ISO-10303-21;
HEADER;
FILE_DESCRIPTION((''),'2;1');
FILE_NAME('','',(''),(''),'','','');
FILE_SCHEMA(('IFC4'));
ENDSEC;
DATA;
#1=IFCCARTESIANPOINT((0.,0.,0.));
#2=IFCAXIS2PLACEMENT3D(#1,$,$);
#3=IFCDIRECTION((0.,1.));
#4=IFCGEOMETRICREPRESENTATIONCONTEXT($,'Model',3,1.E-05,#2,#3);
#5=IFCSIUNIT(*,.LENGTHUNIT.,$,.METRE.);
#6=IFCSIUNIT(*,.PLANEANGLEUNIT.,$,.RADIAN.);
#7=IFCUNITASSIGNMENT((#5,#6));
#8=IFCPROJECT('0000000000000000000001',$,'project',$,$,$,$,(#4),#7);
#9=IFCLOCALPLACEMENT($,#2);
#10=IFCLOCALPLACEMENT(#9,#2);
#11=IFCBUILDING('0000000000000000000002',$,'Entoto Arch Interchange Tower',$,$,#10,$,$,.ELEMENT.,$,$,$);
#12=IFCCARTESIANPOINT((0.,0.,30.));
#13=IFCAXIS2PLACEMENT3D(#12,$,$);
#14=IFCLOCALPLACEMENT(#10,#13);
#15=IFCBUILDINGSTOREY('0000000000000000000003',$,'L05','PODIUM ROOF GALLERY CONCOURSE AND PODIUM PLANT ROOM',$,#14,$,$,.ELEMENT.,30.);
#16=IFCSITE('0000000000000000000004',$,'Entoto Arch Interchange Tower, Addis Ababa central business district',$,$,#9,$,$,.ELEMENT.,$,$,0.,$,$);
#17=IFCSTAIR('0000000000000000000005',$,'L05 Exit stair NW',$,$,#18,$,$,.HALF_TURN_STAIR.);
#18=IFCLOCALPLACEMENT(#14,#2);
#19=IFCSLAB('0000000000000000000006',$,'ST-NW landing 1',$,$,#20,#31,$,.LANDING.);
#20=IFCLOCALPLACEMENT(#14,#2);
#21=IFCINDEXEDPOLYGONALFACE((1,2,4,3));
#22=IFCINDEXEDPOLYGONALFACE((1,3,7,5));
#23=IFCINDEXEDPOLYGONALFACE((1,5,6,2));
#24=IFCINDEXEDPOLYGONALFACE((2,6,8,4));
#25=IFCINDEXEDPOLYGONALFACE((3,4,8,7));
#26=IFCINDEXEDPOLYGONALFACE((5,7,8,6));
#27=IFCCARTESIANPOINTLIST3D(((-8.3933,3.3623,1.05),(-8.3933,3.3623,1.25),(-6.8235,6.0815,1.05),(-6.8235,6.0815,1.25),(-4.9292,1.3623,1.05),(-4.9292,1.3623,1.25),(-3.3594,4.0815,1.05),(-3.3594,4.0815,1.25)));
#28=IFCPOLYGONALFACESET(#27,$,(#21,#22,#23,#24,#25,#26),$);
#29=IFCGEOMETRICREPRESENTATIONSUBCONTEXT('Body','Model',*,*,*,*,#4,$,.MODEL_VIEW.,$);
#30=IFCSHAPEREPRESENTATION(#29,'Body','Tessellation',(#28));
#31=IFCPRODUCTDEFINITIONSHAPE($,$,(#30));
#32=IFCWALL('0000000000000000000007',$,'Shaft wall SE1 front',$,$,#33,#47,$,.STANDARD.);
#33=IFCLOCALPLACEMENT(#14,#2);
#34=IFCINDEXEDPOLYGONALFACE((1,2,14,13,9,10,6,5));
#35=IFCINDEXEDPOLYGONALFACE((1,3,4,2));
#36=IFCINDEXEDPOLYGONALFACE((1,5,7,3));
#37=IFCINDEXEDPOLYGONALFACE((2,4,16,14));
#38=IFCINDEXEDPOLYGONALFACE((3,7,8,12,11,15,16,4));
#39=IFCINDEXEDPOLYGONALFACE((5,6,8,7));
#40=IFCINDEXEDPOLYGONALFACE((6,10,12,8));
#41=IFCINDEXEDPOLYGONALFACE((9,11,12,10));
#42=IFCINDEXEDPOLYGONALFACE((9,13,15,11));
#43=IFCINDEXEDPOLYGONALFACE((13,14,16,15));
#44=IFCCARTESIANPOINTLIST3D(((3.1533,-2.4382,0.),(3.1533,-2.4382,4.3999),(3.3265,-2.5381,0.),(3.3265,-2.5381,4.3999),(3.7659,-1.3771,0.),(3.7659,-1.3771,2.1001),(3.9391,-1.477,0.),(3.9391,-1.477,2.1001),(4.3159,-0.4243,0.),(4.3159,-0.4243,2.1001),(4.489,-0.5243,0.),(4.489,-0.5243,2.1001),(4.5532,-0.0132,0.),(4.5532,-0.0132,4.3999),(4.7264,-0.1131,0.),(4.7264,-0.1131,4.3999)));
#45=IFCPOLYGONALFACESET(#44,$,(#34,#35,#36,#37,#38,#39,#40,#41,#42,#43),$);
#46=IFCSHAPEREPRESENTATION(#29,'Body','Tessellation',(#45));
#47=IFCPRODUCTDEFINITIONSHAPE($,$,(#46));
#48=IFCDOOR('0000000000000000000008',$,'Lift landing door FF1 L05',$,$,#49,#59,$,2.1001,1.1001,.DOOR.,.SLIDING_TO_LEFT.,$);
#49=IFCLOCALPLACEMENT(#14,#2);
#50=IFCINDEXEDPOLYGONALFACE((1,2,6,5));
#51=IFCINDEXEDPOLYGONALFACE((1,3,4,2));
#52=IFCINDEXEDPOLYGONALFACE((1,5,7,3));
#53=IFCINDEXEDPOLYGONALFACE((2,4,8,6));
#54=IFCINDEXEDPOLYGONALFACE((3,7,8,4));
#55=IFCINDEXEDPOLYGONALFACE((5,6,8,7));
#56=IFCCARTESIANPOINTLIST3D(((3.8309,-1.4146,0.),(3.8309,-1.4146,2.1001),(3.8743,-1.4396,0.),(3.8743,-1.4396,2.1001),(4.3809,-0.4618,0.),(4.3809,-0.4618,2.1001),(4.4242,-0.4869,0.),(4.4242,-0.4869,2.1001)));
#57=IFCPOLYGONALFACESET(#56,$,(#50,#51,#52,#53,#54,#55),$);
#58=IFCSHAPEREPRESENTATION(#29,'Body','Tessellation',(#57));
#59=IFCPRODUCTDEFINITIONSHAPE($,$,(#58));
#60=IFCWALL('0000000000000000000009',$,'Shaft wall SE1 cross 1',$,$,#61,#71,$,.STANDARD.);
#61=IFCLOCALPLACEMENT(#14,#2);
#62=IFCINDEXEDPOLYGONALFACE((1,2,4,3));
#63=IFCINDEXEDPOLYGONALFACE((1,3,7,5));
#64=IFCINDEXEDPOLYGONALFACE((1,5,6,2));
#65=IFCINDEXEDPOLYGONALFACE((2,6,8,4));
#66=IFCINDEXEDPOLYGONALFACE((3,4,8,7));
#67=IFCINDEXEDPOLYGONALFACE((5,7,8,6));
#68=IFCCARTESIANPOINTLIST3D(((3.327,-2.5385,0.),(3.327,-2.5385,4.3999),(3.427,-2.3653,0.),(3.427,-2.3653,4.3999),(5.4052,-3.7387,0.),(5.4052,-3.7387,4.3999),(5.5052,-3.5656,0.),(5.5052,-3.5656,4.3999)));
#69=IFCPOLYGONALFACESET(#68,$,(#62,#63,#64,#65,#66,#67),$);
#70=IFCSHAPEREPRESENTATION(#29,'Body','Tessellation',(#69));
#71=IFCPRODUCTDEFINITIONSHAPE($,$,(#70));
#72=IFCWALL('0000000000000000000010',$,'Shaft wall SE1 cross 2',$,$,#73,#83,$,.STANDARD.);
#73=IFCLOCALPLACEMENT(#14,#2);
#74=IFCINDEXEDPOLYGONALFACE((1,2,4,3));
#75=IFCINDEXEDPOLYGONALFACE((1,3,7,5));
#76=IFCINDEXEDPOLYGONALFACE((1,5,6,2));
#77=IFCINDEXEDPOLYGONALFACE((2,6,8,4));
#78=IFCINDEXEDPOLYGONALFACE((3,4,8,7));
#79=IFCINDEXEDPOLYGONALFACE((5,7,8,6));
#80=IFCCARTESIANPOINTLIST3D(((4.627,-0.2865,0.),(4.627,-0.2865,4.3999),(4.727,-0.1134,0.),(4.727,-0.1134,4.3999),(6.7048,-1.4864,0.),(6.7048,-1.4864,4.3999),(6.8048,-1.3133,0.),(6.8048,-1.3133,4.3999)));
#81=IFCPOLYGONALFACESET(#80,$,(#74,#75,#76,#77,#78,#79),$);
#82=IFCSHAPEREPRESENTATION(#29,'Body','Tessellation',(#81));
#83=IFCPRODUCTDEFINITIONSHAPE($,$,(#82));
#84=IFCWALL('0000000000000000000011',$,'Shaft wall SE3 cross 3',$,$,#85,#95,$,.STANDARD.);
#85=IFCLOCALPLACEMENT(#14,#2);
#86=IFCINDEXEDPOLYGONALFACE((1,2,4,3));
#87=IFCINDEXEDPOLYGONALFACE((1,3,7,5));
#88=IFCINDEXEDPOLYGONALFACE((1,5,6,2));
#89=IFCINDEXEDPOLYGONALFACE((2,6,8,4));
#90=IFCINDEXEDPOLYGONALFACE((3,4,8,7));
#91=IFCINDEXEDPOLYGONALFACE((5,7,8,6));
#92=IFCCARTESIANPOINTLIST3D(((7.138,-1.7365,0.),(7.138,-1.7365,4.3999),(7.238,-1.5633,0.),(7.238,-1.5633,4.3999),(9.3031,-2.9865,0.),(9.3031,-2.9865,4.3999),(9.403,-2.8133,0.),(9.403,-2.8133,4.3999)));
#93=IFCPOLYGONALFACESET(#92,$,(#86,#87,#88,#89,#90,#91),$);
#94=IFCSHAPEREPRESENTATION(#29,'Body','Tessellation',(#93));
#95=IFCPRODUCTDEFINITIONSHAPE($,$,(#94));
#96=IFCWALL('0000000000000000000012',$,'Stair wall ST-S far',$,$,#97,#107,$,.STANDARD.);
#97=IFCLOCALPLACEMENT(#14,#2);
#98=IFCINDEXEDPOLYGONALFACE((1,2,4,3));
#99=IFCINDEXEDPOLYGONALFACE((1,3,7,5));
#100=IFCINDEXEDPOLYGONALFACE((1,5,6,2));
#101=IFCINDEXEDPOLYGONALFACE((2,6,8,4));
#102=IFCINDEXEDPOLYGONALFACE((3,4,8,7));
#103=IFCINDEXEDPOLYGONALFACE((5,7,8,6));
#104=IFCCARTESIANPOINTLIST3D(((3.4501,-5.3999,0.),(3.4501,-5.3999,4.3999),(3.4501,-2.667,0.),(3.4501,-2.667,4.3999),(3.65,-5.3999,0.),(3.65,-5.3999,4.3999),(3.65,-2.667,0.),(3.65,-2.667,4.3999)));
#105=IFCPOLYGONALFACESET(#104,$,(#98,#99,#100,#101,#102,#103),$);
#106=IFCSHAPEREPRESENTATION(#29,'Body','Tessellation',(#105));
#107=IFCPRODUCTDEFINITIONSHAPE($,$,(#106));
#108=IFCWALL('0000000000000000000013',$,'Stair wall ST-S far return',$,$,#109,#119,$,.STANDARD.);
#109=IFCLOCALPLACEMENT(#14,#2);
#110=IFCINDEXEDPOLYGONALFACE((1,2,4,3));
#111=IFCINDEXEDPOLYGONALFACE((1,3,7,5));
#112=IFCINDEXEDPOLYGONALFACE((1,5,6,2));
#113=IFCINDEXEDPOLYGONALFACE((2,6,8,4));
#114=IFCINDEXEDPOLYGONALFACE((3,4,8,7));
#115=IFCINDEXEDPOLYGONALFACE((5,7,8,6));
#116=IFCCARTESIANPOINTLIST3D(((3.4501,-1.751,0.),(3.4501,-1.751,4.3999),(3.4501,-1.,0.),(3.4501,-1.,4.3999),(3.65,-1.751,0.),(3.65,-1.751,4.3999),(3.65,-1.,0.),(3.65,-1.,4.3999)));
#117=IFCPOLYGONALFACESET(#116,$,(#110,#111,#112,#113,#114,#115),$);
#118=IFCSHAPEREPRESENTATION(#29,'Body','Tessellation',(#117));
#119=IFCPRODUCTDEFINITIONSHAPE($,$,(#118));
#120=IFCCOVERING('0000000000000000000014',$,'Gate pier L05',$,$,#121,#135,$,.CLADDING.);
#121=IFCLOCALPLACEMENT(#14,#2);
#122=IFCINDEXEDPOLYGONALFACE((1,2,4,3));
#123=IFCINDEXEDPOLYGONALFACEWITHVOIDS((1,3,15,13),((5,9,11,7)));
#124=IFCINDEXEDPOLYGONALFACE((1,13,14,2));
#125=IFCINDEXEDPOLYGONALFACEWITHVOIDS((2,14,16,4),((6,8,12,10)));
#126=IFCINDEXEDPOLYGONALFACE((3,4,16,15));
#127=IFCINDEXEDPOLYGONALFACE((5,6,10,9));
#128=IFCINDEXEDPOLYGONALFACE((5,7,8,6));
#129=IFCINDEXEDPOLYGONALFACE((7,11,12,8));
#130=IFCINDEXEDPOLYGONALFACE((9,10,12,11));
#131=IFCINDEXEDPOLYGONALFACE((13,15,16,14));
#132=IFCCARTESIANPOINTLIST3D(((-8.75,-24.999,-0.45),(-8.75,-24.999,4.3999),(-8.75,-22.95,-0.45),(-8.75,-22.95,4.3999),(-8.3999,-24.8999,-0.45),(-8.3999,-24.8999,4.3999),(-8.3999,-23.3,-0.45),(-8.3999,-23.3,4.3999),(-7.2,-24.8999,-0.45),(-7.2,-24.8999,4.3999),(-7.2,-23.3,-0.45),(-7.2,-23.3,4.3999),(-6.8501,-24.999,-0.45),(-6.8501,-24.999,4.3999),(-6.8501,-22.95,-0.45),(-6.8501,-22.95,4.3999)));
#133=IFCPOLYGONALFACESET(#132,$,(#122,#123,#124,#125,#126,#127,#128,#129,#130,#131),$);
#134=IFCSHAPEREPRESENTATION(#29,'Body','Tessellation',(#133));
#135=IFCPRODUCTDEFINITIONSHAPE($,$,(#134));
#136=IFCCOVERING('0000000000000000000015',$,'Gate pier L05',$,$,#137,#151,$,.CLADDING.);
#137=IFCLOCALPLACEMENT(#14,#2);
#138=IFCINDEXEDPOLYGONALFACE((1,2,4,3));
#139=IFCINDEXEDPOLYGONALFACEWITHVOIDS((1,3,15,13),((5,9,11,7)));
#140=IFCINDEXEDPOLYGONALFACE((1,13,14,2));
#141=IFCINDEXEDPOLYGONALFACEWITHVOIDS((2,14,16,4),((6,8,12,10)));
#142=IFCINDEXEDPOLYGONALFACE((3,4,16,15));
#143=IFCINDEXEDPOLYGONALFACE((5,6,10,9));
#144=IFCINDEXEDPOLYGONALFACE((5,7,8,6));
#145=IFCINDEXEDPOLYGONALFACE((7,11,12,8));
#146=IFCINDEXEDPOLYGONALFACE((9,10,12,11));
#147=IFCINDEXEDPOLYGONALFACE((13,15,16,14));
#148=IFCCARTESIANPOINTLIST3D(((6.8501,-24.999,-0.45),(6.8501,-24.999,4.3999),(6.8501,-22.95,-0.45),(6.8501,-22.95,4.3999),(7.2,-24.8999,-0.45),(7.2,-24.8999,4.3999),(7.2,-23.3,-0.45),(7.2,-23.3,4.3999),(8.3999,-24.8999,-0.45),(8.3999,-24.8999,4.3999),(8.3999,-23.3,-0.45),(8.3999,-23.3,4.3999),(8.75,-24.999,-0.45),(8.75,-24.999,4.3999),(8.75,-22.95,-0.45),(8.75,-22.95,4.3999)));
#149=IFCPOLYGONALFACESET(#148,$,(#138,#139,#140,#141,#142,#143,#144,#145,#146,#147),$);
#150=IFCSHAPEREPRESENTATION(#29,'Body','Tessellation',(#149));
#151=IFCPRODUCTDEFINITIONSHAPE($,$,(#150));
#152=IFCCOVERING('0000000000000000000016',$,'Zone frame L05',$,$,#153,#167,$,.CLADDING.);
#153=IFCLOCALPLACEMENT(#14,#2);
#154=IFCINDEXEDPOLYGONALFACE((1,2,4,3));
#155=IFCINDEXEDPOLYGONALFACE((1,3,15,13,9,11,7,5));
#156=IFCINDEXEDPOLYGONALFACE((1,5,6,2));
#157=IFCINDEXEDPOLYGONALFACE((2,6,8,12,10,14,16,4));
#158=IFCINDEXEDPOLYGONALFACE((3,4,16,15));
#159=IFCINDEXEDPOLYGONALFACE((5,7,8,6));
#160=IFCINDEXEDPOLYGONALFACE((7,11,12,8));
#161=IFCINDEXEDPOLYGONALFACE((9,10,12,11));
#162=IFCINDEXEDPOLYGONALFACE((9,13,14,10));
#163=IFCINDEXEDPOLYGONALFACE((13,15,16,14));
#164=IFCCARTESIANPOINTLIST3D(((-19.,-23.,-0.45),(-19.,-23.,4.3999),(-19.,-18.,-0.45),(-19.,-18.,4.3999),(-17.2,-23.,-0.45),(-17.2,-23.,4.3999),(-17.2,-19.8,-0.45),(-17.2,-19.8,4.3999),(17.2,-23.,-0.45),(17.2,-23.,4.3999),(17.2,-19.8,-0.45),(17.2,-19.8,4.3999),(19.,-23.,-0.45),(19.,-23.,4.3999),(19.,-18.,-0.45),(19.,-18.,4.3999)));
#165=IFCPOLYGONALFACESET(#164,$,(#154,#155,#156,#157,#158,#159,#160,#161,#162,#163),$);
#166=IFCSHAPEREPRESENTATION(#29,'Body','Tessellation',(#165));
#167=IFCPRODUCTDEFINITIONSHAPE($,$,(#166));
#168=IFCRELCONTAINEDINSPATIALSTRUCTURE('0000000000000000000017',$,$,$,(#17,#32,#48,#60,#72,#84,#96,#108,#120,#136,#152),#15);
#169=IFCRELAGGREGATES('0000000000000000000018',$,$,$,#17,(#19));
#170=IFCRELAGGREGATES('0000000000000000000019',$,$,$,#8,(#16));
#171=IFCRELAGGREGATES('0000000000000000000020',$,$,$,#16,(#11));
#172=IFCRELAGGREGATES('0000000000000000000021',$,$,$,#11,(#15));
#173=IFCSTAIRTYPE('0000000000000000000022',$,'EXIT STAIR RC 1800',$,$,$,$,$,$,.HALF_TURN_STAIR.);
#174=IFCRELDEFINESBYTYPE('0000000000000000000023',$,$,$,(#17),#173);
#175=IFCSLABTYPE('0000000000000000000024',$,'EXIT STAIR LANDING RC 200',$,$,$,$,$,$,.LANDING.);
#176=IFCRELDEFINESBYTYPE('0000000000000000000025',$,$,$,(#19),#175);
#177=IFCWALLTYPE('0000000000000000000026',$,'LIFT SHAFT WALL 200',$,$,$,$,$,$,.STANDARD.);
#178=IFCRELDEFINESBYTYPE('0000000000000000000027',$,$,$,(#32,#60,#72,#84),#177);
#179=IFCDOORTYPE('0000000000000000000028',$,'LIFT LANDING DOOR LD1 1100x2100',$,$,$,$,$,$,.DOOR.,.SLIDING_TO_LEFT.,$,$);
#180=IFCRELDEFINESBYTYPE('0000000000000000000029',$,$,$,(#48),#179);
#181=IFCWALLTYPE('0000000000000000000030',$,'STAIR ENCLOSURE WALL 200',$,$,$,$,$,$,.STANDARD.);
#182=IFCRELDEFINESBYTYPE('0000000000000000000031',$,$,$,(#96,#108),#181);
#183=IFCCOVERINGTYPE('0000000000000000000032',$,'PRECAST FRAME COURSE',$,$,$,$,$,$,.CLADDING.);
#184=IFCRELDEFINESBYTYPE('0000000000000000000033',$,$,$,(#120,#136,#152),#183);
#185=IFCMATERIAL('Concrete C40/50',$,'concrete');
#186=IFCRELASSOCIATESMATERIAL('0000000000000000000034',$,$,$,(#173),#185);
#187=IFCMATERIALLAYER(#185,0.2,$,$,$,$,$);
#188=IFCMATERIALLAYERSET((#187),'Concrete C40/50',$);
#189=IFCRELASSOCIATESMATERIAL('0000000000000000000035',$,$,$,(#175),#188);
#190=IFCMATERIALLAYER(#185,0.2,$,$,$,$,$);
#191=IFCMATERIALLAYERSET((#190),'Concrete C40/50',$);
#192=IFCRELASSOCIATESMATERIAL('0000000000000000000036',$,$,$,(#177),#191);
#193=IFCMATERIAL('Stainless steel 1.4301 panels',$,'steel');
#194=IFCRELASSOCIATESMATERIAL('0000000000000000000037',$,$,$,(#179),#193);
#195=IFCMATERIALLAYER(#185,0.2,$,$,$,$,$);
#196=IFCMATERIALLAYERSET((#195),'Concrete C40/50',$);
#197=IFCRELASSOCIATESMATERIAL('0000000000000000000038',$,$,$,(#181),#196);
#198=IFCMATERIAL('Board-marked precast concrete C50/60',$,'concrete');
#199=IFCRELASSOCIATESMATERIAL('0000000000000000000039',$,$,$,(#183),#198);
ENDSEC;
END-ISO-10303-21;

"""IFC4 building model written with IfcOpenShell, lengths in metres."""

from ifc_helpers import new_model, si_unit, direction, frame, frame_2d, origin, place, context, subcontext, project, spatial, polyline, rectangle, outline, extrude, material, layer, layer_set, type_object, element, fill, aggregate, save


model = new_model("IFC4")

# Units and contexts
model_context = context("Model", 3, precision=1e-05, world=origin(), true_north=direction((0.0, 1.0)))
body_context = subcontext(model_context, "Body", "Model", "MODEL_VIEW")
ifc_project = project(units=[si_unit("LENGTHUNIT", "METRE"), si_unit("PLANEANGLEUNIT", "RADIAN")], contexts=[model_context])

# Site, building, storey
site_placement = place(None, origin())
site = spatial("IfcSite", under=ifc_project, at=site_placement, Name="Entoto Arch Interchange Tower, Addis Ababa central business district", CompositionType="ELEMENT", RefElevation=0.0)
building_placement = place(site_placement, origin())
building = spatial("IfcBuilding", under=site, at=building_placement, Name="Entoto Arch Interchange Tower", CompositionType="ELEMENT")
storey_placement = place(building_placement, frame((0.0, 0.0, 30.0)))
storey = spatial("IfcBuildingStorey", under=building, at=storey_placement, Name="L05", Description="PODIUM ROOF GALLERY CONCOURSE AND PODIUM PLANT ROOM", CompositionType="ELEMENT", Elevation=30.0)

# Shared definitions
ifc_material_1 = material(Name="Concrete C40/50", Category="concrete")

# Shared definitions
stair_type = type_object("IfcStairType", Name="EXIT STAIR RC 1800", PredefinedType="HALF_TURN_STAIR", material=ifc_material_1)
ifc_layer_1 = layer(ifc_material_1, 0.2)
ifc_layer_set_1 = layer_set([ifc_layer_1], Name="Concrete C40/50")
slab_type_1 = type_object("IfcSlabType", Name="EXIT STAIR LANDING RC 200", PredefinedType="LANDING", material=ifc_layer_set_1)

# Stair, slab
stair_1_placement = place(storey_placement, origin())
stair_1 = element("IfcStair", 1, at=stair_1_placement, inside=storey, type_object=stair_type, Name="L05 Exit stair NW", PredefinedType="HALF_TURN_STAIR")
slab_1_placement = place(storey_placement, frame((0.0, 0.0, 1.05)))
slab_1 = element("IfcSlab", 2, at=slab_1_placement, type_object=slab_type_1, Name="ST-NW landing 1", PredefinedType="LANDING", context=body_context, shape_type="SweptSolid", body=[
    extrude(outline(polyline([(-6.8235, 6.0815), (-8.3933, 3.3623), (-4.9292, 1.3623), (-3.3594, 4.0815), (-6.8235, 6.0815)])), origin(), (0.0, 0.0, 1.0), 0.2),
])
aggregate(stair_1, [slab_1])

# Wall, opening, door
ifc_layer_2 = layer(ifc_material_1, 0.2)
ifc_layer_set_2 = layer_set([ifc_layer_2], Name="Concrete C40/50")
wall_type_1 = type_object("IfcWallType", Name="LIFT SHAFT WALL 200", PredefinedType="STANDARD", material=ifc_layer_set_2)
wall_1_placement = place(storey_placement, frame((3.24, -2.488, 0.0), z_axis=(0.0, 0.0, 1.0), x_axis=(0.499946, 0.866056, 0.0)))
wall_1 = element("IfcWall", 3, at=wall_1_placement, inside=storey, type_object=wall_type_1, Name="Shaft wall SE1 front", PredefinedType="STANDARD", context=body_context, shape_type="SweptSolid", body=[
    extrude(rectangle(XDim=2.8, YDim=0.2, at=frame_2d((1.3999, 0.0))), origin(), (0.0, 0.0, 1.0), 4.3999),
])
opening_placement = place(wall_1_placement, frame((1.2251, 0.0, 0.0)))
opening = element("IfcOpeningElement", 4, at=opening_placement, cuts=wall_1, PredefinedType="OPENING", context=body_context, shape_type="SweptSolid", body=[
    extrude(rectangle(XDim=1.1001, YDim=2.1001, at=frame_2d((0.55, 1.05))), frame((0.0, 0.1099, 0.0), z_axis=(0.0, -1.0, 0.0), x_axis=(1.0, 0.0, 0.0)), (0.0, 0.0, 1.0), 0.22),
])
ifc_material_2 = material(Name="Stainless steel 1.4301 panels", Category="steel")
door_type = type_object("IfcDoorType", Name="LIFT LANDING DOOR LD1 1100x2100", OperationType="SLIDING_TO_LEFT", PredefinedType="DOOR", material=ifc_material_2)
door_placement = place(opening_placement, origin())
door = element("IfcDoor", 5, at=door_placement, inside=storey, type_object=door_type, Name="Lift landing door FF1 L05", OperationType="SLIDING_TO_LEFT", OverallHeight=2.1001, OverallWidth=1.1001, PredefinedType="DOOR", context=body_context, shape_type="SweptSolid", body=[
    extrude(rectangle(XDim=1.1001, YDim=2.1001, at=frame_2d((0.55, 1.05))), frame((0.0, 0.0249, 0.0), z_axis=(0.0, -1.0, 0.0), x_axis=(1.0, 0.0, 0.0)), (0.0, 0.0, 1.0), 0.05),
])
fill(opening, door)

# Walls
wall_2_placement = place(storey_placement, frame((3.377, -2.4519, 0.0), z_axis=(0.0, 0.0, 1.0), x_axis=(0.865955, -0.500122, 0.0)))
element("IfcWall", 6, at=wall_2_placement, inside=storey, type_object=wall_type_1, Name="Shaft wall SE1 cross 1", PredefinedType="STANDARD", context=body_context, shape_type="SweptSolid", body=[
    extrude(rectangle(XDim=2.3999, YDim=0.2, at=frame_2d((1.2, 0.0))), origin(), (0.0, 0.0, 1.0), 4.3999),
])
wall_3_placement = place(storey_placement, frame((4.677, -0.2, 0.0), z_axis=(0.0, 0.0, 1.0), x_axis=(0.865974, -0.500089, 0.0)))
element("IfcWall", 7, at=wall_3_placement, inside=storey, type_object=wall_type_1, Name="Shaft wall SE1 cross 2", PredefinedType="STANDARD", context=body_context, shape_type="SweptSolid", body=[
    extrude(rectangle(XDim=2.3994, YDim=0.2, at=frame_2d((1.1997, 0.0))), origin(), (0.0, 0.0, 1.0), 4.3999),
])
wall_4_placement = place(storey_placement, frame((7.188, -1.6499, 0.0), z_axis=(0.0, 0.0, 1.0), x_axis=(0.866023, -0.500004, 0.0)))
element("IfcWall", 8, at=wall_4_placement, inside=storey, type_object=wall_type_1, Name="Shaft wall SE3 cross 3", PredefinedType="STANDARD", context=body_context, shape_type="SweptSolid", body=[
    extrude(rectangle(XDim=2.5, YDim=0.2, at=frame_2d((1.25, 0.0))), origin(), (0.0, 0.0, 1.0), 4.3999),
])
ifc_layer_3 = layer(ifc_material_1, 0.2)
ifc_layer_set_3 = layer_set([ifc_layer_3], Name="Concrete C40/50")
wall_type_2 = type_object("IfcWallType", Name="STAIR ENCLOSURE WALL 200", PredefinedType="STANDARD", material=ifc_layer_set_3)
wall_5_placement = place(storey_placement, frame((3.55, -2.667, 0.0), z_axis=(0.0, 0.0, 1.0), x_axis=(0.0, -1.0, 0.0)))
element("IfcWall", 9, at=wall_5_placement, inside=storey, type_object=wall_type_2, Name="Stair wall ST-S far", PredefinedType="STANDARD", context=body_context, shape_type="SweptSolid", body=[
    extrude(rectangle(XDim=2.7329, YDim=0.2, at=frame_2d((1.3665, 0.0))), origin(), (0.0, 0.0, 1.0), 4.3999),
])
wall_6_placement = place(storey_placement, frame((3.55, -1.0, 0.0), z_axis=(0.0, 0.0, 1.0), x_axis=(0.0, -1.0, 0.0)))
element("IfcWall", 10, at=wall_6_placement, inside=storey, type_object=wall_type_2, Name="Stair wall ST-S far return", PredefinedType="STANDARD", context=body_context, shape_type="SweptSolid", body=[
    extrude(rectangle(XDim=0.751, YDim=0.2, at=frame_2d((0.3755, 0.0))), origin(), (0.0, 0.0, 1.0), 4.3999),
])

# Coverings
ifc_material_3 = material(Name="Board-marked precast concrete C50/60", Category="concrete")
covering_type = type_object("IfcCoveringType", Name="PRECAST FRAME COURSE", PredefinedType="CLADDING", material=ifc_material_3)
covering_1_placement = place(storey_placement, frame((0.0, 0.0, -0.45)))
element("IfcCovering", 11, at=covering_1_placement, inside=storey, type_object=covering_type, Name="Gate pier L05", PredefinedType="CLADDING", context=body_context, shape_type="SweptSolid", body=[
    extrude(outline(polyline([(-8.75, -22.95), (-6.8501, -22.95), (-6.8501, -24.999), (-8.75, -24.999), (-8.75, -22.95)]), holes=[polyline([(-8.3999, -23.3), (-8.3999, -24.8999), (-7.2, -24.8999), (-7.2, -23.3), (-8.3999, -23.3)])]), origin(), (0.0, 0.0, 1.0), 4.8499),
])
covering_2_placement = place(storey_placement, frame((0.0, 0.0, -0.45)))
element("IfcCovering", 12, at=covering_2_placement, inside=storey, type_object=covering_type, Name="Gate pier L05", PredefinedType="CLADDING", context=body_context, shape_type="SweptSolid", body=[
    extrude(outline(polyline([(6.8501, -22.95), (8.75, -22.95), (8.75, -24.999), (6.8501, -24.999), (6.8501, -22.95)]), holes=[polyline([(7.2, -23.3), (7.2, -24.8999), (8.3999, -24.8999), (8.3999, -23.3), (7.2, -23.3)])]), origin(), (0.0, 0.0, 1.0), 4.8499),
])
covering_3_placement = place(storey_placement, frame((0.0, 0.0, -0.45)))
element("IfcCovering", 13, at=covering_3_placement, inside=storey, type_object=covering_type, Name="Zone frame L05", PredefinedType="CLADDING", context=body_context, shape_type="SweptSolid", body=[
    extrude(outline(polyline([(-17.2, -23.0), (-19.0, -23.0), (-19.0, -18.0), (19.0, -18.0), (19.0, -23.0), (17.2, -23.0), (17.2, -19.8), (-17.2, -19.8), (-17.2, -23.0)])), origin(), (0.0, 0.0, 1.0), 4.8499),
])

save(model, "model.ifc")
